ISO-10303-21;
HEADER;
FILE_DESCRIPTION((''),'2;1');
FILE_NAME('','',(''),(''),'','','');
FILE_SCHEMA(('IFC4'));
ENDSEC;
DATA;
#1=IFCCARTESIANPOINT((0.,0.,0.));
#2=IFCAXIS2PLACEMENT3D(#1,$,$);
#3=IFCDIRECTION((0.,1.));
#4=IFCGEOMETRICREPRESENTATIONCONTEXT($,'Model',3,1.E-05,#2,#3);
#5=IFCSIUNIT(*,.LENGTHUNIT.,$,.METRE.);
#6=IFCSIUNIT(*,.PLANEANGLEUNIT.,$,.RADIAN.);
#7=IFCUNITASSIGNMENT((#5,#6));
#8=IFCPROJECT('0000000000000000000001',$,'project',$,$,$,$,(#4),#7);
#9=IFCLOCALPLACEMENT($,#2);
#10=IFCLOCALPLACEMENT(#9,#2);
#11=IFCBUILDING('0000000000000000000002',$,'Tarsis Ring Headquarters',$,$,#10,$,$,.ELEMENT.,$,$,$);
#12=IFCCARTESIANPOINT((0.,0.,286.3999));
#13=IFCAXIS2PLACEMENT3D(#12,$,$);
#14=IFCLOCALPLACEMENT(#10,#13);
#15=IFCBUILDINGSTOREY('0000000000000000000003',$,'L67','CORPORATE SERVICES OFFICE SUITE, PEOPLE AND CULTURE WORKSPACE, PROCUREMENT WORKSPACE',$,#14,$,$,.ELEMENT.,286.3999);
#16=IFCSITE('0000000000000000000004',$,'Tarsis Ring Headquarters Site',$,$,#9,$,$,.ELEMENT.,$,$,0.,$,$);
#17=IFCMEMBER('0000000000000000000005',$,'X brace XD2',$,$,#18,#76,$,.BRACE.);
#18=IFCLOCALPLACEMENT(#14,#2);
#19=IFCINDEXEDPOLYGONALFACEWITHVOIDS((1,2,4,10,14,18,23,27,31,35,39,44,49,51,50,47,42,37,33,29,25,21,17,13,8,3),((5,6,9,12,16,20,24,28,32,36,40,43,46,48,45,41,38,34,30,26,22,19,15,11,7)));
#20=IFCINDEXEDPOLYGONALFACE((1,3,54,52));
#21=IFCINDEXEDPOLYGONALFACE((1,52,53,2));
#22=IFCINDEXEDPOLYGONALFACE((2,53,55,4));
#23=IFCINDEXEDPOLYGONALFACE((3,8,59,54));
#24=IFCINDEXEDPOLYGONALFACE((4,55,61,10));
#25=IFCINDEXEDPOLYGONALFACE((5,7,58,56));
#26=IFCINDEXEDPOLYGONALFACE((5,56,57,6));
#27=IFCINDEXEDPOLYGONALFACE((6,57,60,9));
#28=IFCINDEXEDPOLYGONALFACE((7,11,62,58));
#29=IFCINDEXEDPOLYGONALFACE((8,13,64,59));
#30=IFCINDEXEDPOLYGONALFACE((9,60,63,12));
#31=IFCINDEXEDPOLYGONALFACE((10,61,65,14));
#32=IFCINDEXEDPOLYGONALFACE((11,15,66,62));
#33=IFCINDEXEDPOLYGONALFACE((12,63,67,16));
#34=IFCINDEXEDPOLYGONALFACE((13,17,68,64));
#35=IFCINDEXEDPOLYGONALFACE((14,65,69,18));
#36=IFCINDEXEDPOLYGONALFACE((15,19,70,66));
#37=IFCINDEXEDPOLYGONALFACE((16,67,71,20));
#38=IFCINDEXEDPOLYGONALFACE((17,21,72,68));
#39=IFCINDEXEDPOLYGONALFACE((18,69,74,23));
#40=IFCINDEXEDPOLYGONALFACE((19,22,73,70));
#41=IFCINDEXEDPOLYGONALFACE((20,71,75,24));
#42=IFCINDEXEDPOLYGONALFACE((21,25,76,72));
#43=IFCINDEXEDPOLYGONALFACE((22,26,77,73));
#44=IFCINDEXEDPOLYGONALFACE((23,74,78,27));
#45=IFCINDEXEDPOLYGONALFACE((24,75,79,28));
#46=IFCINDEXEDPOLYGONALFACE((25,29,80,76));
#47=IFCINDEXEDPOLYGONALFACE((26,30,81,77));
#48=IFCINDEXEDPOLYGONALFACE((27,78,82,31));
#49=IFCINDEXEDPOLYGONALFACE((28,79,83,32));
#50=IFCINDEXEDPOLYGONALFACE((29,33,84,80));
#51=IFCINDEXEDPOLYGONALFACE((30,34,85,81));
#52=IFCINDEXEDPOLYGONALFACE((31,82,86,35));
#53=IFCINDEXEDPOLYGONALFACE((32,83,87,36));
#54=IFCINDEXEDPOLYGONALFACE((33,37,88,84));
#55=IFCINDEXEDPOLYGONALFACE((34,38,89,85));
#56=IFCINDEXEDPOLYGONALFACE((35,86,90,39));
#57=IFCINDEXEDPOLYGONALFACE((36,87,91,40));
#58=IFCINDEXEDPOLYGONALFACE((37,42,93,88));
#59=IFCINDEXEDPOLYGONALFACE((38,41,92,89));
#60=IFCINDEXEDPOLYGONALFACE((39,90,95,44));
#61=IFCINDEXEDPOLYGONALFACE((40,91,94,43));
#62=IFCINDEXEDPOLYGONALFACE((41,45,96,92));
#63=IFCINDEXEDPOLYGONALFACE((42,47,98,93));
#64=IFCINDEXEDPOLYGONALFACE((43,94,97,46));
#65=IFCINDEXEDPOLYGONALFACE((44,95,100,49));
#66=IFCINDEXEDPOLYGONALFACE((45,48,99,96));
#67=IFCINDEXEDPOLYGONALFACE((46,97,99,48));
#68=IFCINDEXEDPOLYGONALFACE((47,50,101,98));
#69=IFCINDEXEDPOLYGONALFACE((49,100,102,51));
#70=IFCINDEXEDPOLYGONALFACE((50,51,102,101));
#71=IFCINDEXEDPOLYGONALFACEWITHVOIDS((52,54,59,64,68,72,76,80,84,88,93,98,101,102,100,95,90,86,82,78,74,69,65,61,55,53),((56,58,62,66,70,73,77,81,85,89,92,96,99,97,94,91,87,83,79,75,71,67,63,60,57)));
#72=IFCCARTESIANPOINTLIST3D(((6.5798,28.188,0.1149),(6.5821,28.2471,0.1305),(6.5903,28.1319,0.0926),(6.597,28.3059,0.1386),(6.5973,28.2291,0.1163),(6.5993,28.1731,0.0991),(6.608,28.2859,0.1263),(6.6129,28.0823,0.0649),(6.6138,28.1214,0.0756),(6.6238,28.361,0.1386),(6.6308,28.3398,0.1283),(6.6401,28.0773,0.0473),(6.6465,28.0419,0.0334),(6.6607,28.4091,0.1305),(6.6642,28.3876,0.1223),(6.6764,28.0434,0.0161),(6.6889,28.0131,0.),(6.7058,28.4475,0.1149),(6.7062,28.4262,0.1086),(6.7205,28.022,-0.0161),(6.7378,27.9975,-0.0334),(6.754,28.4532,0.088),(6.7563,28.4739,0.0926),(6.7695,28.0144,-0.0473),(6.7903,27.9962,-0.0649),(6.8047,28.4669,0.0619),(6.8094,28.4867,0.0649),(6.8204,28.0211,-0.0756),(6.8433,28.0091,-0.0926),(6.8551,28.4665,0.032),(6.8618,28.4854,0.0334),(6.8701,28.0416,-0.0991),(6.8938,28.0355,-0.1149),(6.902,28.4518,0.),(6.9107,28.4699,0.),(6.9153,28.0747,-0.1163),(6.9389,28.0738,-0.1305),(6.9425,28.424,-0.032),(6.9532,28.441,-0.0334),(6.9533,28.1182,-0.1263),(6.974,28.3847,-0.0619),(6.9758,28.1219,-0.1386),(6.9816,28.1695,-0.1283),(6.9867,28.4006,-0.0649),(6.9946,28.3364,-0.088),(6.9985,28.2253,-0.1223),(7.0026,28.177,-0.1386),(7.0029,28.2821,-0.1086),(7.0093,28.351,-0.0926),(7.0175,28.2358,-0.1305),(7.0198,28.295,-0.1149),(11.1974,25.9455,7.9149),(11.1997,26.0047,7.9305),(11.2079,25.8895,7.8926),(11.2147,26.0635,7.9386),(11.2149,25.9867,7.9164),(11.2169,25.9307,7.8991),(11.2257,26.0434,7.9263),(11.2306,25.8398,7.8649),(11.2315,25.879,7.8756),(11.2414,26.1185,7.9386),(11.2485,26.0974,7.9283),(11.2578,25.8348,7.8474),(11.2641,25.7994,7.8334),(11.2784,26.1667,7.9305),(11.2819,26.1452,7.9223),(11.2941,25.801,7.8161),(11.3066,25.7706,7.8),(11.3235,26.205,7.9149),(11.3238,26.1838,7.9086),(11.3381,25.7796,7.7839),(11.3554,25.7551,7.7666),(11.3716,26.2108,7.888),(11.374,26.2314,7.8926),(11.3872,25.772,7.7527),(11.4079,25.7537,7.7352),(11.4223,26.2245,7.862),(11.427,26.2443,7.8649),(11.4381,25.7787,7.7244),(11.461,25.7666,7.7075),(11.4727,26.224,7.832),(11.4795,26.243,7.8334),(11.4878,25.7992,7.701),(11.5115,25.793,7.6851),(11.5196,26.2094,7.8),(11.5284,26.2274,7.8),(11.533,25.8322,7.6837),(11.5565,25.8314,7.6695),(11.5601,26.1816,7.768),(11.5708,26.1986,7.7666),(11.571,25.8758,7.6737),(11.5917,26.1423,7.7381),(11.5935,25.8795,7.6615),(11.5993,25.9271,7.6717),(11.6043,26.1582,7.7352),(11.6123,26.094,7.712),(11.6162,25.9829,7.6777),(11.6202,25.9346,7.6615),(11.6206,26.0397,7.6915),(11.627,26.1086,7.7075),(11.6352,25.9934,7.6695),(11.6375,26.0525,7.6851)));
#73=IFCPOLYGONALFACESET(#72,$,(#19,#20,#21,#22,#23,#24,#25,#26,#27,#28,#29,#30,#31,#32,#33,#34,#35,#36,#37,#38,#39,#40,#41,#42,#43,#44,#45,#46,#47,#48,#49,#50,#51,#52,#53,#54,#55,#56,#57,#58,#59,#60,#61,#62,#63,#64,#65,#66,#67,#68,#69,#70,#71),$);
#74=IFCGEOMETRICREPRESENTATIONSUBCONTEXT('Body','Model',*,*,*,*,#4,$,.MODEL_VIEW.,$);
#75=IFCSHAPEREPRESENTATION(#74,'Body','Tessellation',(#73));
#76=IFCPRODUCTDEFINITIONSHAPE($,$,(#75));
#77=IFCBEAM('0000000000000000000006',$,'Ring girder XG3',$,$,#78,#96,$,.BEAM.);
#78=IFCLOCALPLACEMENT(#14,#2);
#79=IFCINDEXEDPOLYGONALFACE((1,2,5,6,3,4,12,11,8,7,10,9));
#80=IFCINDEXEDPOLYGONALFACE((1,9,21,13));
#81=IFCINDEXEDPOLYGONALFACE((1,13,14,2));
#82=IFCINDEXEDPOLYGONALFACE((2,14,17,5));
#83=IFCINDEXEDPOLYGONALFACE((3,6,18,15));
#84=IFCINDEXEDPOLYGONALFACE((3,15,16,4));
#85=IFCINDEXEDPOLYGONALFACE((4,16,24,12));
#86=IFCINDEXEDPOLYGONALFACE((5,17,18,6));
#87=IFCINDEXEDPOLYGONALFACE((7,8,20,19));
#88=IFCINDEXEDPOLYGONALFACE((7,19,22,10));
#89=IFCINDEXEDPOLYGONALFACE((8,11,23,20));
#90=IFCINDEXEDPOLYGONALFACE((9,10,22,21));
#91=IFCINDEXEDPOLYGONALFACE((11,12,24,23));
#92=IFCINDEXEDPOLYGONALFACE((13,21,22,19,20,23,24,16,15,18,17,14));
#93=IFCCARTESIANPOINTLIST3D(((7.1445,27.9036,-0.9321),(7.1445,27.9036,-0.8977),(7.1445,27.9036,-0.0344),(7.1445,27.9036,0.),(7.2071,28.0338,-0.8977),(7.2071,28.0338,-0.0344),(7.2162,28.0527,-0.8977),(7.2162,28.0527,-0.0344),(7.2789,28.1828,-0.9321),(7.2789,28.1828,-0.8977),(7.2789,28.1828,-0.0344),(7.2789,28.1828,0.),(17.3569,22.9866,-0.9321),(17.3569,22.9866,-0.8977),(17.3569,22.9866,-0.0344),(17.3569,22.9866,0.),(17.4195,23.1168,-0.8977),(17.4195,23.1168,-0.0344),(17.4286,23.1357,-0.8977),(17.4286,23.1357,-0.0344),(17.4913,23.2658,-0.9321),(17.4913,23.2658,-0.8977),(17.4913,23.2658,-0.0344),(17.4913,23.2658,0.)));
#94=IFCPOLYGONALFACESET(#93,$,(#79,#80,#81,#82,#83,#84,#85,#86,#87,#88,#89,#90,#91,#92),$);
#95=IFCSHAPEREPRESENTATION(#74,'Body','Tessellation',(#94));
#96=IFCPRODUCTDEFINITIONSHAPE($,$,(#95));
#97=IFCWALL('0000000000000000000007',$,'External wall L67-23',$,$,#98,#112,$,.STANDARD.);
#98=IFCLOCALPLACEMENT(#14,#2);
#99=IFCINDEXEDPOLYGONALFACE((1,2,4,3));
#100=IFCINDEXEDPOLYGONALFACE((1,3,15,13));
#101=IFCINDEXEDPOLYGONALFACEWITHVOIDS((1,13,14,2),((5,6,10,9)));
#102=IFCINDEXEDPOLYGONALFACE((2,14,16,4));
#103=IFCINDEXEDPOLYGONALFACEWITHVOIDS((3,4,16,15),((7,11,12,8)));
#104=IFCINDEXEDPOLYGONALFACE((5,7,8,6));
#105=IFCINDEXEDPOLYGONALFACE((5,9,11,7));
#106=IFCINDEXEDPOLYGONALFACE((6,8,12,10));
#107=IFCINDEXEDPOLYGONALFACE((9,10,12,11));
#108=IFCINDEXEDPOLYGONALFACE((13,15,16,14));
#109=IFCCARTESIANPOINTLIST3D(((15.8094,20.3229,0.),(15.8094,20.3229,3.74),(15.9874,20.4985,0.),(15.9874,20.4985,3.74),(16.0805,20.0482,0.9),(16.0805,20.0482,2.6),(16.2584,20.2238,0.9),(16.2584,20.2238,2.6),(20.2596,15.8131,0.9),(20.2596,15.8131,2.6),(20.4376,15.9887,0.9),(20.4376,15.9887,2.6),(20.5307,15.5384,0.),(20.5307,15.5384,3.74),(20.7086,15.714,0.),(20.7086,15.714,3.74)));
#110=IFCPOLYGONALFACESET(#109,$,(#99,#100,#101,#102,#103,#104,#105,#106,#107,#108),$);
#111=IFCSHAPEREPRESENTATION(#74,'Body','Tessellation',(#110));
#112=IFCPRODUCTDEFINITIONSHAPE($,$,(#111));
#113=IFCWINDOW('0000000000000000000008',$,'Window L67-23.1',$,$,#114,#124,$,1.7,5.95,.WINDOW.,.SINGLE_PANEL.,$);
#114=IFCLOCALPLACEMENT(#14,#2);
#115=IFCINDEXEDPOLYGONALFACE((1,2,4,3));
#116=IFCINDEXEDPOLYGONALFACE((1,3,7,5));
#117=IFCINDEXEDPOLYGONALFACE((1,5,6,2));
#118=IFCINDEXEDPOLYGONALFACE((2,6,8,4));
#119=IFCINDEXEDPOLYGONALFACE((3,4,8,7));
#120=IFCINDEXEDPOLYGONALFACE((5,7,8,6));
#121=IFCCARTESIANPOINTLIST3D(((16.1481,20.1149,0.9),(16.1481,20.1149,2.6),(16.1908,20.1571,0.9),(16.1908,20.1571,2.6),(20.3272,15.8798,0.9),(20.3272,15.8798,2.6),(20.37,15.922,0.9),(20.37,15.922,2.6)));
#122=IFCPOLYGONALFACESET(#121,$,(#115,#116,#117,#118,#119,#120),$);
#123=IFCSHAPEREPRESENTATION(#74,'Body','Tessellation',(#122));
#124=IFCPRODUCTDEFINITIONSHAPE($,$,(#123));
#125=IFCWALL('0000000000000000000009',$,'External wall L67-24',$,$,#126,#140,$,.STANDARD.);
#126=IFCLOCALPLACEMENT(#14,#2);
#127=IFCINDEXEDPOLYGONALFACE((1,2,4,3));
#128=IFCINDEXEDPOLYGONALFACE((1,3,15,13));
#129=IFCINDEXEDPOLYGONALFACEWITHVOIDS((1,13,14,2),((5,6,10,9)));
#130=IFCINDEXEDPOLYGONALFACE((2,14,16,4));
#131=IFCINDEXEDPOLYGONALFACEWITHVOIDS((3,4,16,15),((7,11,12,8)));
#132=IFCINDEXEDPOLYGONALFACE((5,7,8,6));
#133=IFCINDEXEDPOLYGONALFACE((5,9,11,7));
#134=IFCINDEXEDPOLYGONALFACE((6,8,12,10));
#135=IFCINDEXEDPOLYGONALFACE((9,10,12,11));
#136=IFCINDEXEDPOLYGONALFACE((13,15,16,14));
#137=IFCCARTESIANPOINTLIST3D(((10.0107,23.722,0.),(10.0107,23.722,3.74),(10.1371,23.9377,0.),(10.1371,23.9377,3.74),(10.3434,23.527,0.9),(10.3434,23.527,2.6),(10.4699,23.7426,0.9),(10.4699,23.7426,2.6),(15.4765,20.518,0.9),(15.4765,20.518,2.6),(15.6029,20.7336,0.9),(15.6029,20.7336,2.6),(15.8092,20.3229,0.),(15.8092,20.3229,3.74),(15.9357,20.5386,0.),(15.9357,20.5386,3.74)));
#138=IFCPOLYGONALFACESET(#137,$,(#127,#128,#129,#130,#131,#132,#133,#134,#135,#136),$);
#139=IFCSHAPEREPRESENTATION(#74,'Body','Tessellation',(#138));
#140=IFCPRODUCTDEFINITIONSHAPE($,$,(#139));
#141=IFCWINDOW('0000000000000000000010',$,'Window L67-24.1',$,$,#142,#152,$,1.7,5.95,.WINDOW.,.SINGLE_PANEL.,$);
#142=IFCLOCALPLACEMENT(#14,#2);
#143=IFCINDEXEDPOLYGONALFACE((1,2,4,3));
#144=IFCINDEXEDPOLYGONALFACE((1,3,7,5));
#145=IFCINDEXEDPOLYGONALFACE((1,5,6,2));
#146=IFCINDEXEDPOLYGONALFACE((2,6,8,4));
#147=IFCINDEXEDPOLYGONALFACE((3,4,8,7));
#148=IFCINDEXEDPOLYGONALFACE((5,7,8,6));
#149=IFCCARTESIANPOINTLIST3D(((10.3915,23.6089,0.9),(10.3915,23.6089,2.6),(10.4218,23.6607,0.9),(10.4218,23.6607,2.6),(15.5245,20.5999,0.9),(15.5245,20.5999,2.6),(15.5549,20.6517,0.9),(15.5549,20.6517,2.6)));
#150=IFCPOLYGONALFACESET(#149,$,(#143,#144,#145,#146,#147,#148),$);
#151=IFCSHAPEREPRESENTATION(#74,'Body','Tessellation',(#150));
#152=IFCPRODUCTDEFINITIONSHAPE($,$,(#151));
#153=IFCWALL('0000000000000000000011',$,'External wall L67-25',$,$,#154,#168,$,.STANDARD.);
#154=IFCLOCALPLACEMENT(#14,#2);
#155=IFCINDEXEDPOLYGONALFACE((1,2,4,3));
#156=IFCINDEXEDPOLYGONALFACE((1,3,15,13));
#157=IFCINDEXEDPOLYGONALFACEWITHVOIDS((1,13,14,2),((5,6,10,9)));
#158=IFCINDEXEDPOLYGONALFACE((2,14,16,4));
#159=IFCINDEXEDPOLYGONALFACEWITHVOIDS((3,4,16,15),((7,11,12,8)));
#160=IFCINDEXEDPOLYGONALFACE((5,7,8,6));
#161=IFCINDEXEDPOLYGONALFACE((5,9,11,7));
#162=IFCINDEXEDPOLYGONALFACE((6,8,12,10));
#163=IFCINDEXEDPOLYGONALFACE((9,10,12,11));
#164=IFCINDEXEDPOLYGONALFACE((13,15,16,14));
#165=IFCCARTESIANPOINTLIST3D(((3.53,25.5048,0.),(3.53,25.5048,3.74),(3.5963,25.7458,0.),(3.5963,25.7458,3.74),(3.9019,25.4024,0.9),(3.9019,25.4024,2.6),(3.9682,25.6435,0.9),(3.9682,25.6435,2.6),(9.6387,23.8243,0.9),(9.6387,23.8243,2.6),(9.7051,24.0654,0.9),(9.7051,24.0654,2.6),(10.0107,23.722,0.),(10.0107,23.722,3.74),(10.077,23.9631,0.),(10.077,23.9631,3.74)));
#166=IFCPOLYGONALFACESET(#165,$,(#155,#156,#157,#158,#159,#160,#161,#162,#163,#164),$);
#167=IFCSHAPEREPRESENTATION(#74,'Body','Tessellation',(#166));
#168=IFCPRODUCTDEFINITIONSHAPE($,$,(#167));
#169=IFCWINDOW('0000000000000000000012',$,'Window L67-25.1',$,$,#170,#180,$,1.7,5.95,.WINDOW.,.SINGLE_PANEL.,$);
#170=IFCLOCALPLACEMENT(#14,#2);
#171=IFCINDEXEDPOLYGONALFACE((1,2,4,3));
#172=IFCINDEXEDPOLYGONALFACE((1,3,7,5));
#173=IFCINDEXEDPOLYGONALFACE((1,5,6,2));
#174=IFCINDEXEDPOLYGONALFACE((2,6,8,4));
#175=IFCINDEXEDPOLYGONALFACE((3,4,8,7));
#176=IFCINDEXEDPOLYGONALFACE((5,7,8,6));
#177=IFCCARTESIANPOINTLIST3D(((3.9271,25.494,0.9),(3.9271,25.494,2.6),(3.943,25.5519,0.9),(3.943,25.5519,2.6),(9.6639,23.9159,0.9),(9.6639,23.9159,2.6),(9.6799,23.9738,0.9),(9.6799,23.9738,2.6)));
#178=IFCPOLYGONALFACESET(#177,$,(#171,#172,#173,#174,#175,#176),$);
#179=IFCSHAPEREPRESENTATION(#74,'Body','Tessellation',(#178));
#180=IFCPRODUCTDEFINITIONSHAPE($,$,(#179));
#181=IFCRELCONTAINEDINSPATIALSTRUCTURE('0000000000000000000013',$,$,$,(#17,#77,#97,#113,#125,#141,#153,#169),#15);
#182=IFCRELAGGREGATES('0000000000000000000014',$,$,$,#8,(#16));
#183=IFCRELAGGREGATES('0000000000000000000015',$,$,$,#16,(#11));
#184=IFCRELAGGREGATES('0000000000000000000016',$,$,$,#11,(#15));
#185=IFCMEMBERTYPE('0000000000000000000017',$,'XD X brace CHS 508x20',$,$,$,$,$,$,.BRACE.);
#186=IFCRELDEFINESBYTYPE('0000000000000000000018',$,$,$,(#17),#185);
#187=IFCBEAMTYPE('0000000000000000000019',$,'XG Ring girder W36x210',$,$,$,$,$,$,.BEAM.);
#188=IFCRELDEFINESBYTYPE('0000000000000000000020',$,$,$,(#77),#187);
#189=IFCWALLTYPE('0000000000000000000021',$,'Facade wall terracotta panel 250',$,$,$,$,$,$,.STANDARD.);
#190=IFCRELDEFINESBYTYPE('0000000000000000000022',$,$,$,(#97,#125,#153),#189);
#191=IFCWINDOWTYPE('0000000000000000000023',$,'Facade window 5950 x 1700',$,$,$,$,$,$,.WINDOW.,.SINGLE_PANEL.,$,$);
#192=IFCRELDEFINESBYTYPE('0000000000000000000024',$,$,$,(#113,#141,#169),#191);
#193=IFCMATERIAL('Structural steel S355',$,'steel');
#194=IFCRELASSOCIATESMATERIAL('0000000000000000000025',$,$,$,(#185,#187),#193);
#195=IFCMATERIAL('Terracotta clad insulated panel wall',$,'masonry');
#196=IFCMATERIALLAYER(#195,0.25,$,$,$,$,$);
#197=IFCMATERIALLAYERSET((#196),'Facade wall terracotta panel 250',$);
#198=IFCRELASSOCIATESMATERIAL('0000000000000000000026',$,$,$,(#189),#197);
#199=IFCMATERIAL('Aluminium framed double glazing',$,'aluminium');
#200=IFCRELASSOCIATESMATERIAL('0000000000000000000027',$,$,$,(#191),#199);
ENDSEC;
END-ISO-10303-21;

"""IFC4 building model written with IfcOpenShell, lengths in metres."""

from ifc_helpers import new_model, si_unit, direction, frame, frame_2d, origin, origin_2d, place, context, subcontext, project, spatial, rectangle, hollow_circle, i_section, extrude, material, layer, layer_set, material_profile, profile_set, type_object, element, fill, save


model = new_model("IFC4")

# Units and contexts
model_context = context("Model", 3, precision=1e-05, world=origin(), true_north=direction((0.0, 1.0)))
body_context = subcontext(model_context, "Body", "Model", "MODEL_VIEW")
ifc_project = project(units=[si_unit("LENGTHUNIT", "METRE"), si_unit("PLANEANGLEUNIT", "RADIAN")], contexts=[model_context])

# Site, building, storey
site_placement = place(None, origin())
site = spatial("IfcSite", under=ifc_project, at=site_placement, Name="Tarsis Ring Headquarters Site", CompositionType="ELEMENT", RefElevation=0.0)
building_placement = place(site_placement, origin())
building = spatial("IfcBuilding", under=site, at=building_placement, Name="Tarsis Ring Headquarters", CompositionType="ELEMENT")
storey_placement = place(building_placement, frame((0.0, 0.0, 286.3999)))
storey = spatial("IfcBuildingStorey", under=building, at=storey_placement, Name="L67", Description="CORPORATE SERVICES OFFICE SUITE, PEOPLE AND CULTURE WORKSPACE, PROCUREMENT WORKSPACE", CompositionType="ELEMENT", Elevation=286.3999)

# Shared definitions
ifc_material_1 = material(Name="Structural steel S355", Category="steel")

# Member
ifc_material_profile_1 = material_profile(ifc_material_1, hollow_circle(Radius=0.2539, WallThickness=0.02, at=origin_2d()), Name="CHS 508x20")
ifc_profile_set_1 = profile_set([ifc_material_profile_1], Name="Structural steel S355")
member_type = type_object("IfcMemberType", Name="XD X brace CHS 508x20", PredefinedType="BRACE", material=ifc_profile_set_1)
member_1_placement = place(storey_placement, frame((6.7998, 28.2415, 0.0), z_axis=(0.494521, -0.240149, 0.835331), x_axis=(0.436835, 0.899542, 0.0)))
element("IfcMember", 1, at=member_1_placement, inside=storey, type_object=member_type, Name="X brace XD2", PredefinedType="BRACE", context=body_context, shape_type="SweptSolid", body=[
    extrude(hollow_circle(Radius=0.2539, WallThickness=0.02, at=origin_2d()), origin(), (0.0, 0.0, 1.0), 9.3376),
])

# Beam
ifc_material_profile_2 = material_profile(ifc_material_1, i_section(OverallWidth=0.3098, OverallDepth=0.9321, WebThickness=0.021, FlangeThickness=0.0344, at=origin_2d()), Name="W36x210")
ifc_profile_set_2 = profile_set([ifc_material_profile_2], Name="Structural steel S355")
beam_type_1 = type_object("IfcBeamType", Name="XG Ring girder W36x210", PredefinedType="BEAM", material=ifc_profile_set_2)
beam_1_placement = place(storey_placement, frame((17.4241, 23.1262, -0.4661), z_axis=(-0.901005, 0.433809, 0.0), x_axis=(-0.433809, -0.901005, 0.0)))
element("IfcBeam", 2, at=beam_1_placement, inside=storey, type_object=beam_type_1, Name="Ring girder XG3", PredefinedType="BEAM", context=body_context, shape_type="SweptSolid", body=[
    extrude(i_section(OverallWidth=0.3098, OverallDepth=0.9321, WebThickness=0.021, FlangeThickness=0.0344, at=origin_2d()), origin(), (0.0, 0.0, 1.0), 11.3345),
])

# Walls, openings, windows
ifc_material_2 = material(Name="Terracotta clad insulated panel wall", Category="masonry")
ifc_layer = layer(ifc_material_2, 0.25)
ifc_layer_set = layer_set([ifc_layer], Name="Facade wall terracotta panel 250")
wall_type = type_object("IfcWallType", Name="Facade wall terracotta panel 250", PredefinedType="STANDARD", material=ifc_layer_set)
wall_1_placement = place(storey_placement, frame((20.6196, 15.6262, 0.0), z_axis=(0.0, 0.0, 1.0), x_axis=(-0.702387, 0.711795, 0.0)))
wall_1 = element("IfcWall", 3, at=wall_1_placement, inside=storey, type_object=wall_type, Name="External wall L67-23", PredefinedType="STANDARD", context=body_context, shape_type="SweptSolid", body=[
    extrude(rectangle(XDim=6.7217, YDim=0.25, at=frame_2d((3.3608, 0.0))), origin(), (0.0, 0.0, 1.0), 3.74),
])
opening_1_placement = place(wall_1_placement, frame((0.3857, 0.0, 0.8999)))
opening_1 = element("IfcOpeningElement", 4, at=opening_1_placement, cuts=wall_1, PredefinedType="OPENING", context=body_context, shape_type="SweptSolid", body=[
    extrude(rectangle(XDim=5.95, YDim=1.7, at=frame_2d((2.9751, 0.8501))), frame((0.0, 0.135, 0.0), z_axis=(0.0, -1.0, 0.0), x_axis=(1.0, 0.0, 0.0)), (0.0, 0.0, 1.0), 0.27),
])
ifc_material_3 = material(Name="Aluminium framed double glazing", Category="aluminium")
window_type = type_object("IfcWindowType", Name="Facade window 5950 x 1700", PartitioningType="SINGLE_PANEL", PredefinedType="WINDOW", material=ifc_material_3)
window_1_placement = place(opening_1_placement, origin())
window_1 = element("IfcWindow", 5, at=window_1_placement, inside=storey, type_object=window_type, Name="Window L67-23.1", OverallHeight=1.7, OverallWidth=5.95, PartitioningType="SINGLE_PANEL", PredefinedType="WINDOW", context=body_context, shape_type="SweptSolid", body=[
    extrude(rectangle(XDim=5.95, YDim=1.7, at=frame_2d((2.9751, 0.8501))), frame((0.0, 0.03, 0.0), z_axis=(0.0, -1.0, 0.0), x_axis=(1.0, 0.0, 0.0)), (0.0, 0.0, 1.0), 0.0601),
])
fill(opening_1, window_1)
wall_2_placement = place(storey_placement, frame((15.8726, 20.4307, 0.0), z_axis=(0.0, 0.0, 1.0), x_axis=(-0.862698, 0.505719, 0.0)))
wall_2 = element("IfcWall", 6, at=wall_2_placement, inside=storey, type_object=wall_type, Name="External wall L67-24", PredefinedType="STANDARD", context=body_context, shape_type="SweptSolid", body=[
    extrude(rectangle(XDim=6.7214, YDim=0.25, at=frame_2d((3.3608, 0.0))), origin(), (0.0, 0.0, 1.0), 3.74),
])
opening_2_placement = place(wall_2_placement, frame((0.3857, 0.0, 0.8999)))
opening_2 = element("IfcOpeningElement", 7, at=opening_2_placement, cuts=wall_2, PredefinedType="OPENING", context=body_context, shape_type="SweptSolid", body=[
    extrude(rectangle(XDim=5.95, YDim=1.7, at=frame_2d((2.9751, 0.8501))), frame((0.0, 0.135, 0.0), z_axis=(0.0, -1.0, 0.0), x_axis=(1.0, 0.0, 0.0)), (0.0, 0.0, 1.0), 0.27),
])
window_2_placement = place(opening_2_placement, origin())
window_2 = element("IfcWindow", 8, at=window_2_placement, inside=storey, type_object=window_type, Name="Window L67-24.1", OverallHeight=1.7, OverallWidth=5.95, PartitioningType="SINGLE_PANEL", PredefinedType="WINDOW", context=body_context, shape_type="SweptSolid", body=[
    extrude(rectangle(XDim=5.95, YDim=1.7, at=frame_2d((2.9751, 0.8501))), frame((0.0, 0.03, 0.0), z_axis=(0.0, -1.0, 0.0), x_axis=(1.0, 0.0, 0.0)), (0.0, 0.0, 1.0), 0.0601),
])
fill(opening_2, window_2)
wall_3_placement = place(storey_placement, frame((10.0439, 23.8425, 0.0), z_axis=(0.0, 0.0, 1.0), x_axis=(-0.964186, 0.265228, 0.0)))
wall_3 = element("IfcWall", 9, at=wall_3_placement, inside=storey, type_object=wall_type, Name="External wall L67-25", PredefinedType="STANDARD", context=body_context, shape_type="SweptSolid", body=[
    extrude(rectangle(XDim=6.7214, YDim=0.25, at=frame_2d((3.3608, 0.0))), origin(), (0.0, 0.0, 1.0), 3.74),
])
opening_3_placement = place(wall_3_placement, frame((0.3857, 0.0, 0.8999)))
opening_3 = element("IfcOpeningElement", 10, at=opening_3_placement, cuts=wall_3, PredefinedType="OPENING", context=body_context, shape_type="SweptSolid", body=[
    extrude(rectangle(XDim=5.95, YDim=1.7, at=frame_2d((2.9751, 0.8501))), frame((0.0, 0.135, 0.0), z_axis=(0.0, -1.0, 0.0), x_axis=(1.0, 0.0, 0.0)), (0.0, 0.0, 1.0), 0.27),
])
window_3_placement = place(opening_3_placement, origin())
window_3 = element("IfcWindow", 11, at=window_3_placement, inside=storey, type_object=window_type, Name="Window L67-25.1", OverallHeight=1.7, OverallWidth=5.95, PartitioningType="SINGLE_PANEL", PredefinedType="WINDOW", context=body_context, shape_type="SweptSolid", body=[
    extrude(rectangle(XDim=5.95, YDim=1.7, at=frame_2d((2.9751, 0.8501))), frame((0.0, 0.03, 0.0), z_axis=(0.0, -1.0, 0.0), x_axis=(1.0, 0.0, 0.0)), (0.0, 0.0, 1.0), 0.0601),
])
fill(opening_3, window_3)

save(model, "model.ifc")
